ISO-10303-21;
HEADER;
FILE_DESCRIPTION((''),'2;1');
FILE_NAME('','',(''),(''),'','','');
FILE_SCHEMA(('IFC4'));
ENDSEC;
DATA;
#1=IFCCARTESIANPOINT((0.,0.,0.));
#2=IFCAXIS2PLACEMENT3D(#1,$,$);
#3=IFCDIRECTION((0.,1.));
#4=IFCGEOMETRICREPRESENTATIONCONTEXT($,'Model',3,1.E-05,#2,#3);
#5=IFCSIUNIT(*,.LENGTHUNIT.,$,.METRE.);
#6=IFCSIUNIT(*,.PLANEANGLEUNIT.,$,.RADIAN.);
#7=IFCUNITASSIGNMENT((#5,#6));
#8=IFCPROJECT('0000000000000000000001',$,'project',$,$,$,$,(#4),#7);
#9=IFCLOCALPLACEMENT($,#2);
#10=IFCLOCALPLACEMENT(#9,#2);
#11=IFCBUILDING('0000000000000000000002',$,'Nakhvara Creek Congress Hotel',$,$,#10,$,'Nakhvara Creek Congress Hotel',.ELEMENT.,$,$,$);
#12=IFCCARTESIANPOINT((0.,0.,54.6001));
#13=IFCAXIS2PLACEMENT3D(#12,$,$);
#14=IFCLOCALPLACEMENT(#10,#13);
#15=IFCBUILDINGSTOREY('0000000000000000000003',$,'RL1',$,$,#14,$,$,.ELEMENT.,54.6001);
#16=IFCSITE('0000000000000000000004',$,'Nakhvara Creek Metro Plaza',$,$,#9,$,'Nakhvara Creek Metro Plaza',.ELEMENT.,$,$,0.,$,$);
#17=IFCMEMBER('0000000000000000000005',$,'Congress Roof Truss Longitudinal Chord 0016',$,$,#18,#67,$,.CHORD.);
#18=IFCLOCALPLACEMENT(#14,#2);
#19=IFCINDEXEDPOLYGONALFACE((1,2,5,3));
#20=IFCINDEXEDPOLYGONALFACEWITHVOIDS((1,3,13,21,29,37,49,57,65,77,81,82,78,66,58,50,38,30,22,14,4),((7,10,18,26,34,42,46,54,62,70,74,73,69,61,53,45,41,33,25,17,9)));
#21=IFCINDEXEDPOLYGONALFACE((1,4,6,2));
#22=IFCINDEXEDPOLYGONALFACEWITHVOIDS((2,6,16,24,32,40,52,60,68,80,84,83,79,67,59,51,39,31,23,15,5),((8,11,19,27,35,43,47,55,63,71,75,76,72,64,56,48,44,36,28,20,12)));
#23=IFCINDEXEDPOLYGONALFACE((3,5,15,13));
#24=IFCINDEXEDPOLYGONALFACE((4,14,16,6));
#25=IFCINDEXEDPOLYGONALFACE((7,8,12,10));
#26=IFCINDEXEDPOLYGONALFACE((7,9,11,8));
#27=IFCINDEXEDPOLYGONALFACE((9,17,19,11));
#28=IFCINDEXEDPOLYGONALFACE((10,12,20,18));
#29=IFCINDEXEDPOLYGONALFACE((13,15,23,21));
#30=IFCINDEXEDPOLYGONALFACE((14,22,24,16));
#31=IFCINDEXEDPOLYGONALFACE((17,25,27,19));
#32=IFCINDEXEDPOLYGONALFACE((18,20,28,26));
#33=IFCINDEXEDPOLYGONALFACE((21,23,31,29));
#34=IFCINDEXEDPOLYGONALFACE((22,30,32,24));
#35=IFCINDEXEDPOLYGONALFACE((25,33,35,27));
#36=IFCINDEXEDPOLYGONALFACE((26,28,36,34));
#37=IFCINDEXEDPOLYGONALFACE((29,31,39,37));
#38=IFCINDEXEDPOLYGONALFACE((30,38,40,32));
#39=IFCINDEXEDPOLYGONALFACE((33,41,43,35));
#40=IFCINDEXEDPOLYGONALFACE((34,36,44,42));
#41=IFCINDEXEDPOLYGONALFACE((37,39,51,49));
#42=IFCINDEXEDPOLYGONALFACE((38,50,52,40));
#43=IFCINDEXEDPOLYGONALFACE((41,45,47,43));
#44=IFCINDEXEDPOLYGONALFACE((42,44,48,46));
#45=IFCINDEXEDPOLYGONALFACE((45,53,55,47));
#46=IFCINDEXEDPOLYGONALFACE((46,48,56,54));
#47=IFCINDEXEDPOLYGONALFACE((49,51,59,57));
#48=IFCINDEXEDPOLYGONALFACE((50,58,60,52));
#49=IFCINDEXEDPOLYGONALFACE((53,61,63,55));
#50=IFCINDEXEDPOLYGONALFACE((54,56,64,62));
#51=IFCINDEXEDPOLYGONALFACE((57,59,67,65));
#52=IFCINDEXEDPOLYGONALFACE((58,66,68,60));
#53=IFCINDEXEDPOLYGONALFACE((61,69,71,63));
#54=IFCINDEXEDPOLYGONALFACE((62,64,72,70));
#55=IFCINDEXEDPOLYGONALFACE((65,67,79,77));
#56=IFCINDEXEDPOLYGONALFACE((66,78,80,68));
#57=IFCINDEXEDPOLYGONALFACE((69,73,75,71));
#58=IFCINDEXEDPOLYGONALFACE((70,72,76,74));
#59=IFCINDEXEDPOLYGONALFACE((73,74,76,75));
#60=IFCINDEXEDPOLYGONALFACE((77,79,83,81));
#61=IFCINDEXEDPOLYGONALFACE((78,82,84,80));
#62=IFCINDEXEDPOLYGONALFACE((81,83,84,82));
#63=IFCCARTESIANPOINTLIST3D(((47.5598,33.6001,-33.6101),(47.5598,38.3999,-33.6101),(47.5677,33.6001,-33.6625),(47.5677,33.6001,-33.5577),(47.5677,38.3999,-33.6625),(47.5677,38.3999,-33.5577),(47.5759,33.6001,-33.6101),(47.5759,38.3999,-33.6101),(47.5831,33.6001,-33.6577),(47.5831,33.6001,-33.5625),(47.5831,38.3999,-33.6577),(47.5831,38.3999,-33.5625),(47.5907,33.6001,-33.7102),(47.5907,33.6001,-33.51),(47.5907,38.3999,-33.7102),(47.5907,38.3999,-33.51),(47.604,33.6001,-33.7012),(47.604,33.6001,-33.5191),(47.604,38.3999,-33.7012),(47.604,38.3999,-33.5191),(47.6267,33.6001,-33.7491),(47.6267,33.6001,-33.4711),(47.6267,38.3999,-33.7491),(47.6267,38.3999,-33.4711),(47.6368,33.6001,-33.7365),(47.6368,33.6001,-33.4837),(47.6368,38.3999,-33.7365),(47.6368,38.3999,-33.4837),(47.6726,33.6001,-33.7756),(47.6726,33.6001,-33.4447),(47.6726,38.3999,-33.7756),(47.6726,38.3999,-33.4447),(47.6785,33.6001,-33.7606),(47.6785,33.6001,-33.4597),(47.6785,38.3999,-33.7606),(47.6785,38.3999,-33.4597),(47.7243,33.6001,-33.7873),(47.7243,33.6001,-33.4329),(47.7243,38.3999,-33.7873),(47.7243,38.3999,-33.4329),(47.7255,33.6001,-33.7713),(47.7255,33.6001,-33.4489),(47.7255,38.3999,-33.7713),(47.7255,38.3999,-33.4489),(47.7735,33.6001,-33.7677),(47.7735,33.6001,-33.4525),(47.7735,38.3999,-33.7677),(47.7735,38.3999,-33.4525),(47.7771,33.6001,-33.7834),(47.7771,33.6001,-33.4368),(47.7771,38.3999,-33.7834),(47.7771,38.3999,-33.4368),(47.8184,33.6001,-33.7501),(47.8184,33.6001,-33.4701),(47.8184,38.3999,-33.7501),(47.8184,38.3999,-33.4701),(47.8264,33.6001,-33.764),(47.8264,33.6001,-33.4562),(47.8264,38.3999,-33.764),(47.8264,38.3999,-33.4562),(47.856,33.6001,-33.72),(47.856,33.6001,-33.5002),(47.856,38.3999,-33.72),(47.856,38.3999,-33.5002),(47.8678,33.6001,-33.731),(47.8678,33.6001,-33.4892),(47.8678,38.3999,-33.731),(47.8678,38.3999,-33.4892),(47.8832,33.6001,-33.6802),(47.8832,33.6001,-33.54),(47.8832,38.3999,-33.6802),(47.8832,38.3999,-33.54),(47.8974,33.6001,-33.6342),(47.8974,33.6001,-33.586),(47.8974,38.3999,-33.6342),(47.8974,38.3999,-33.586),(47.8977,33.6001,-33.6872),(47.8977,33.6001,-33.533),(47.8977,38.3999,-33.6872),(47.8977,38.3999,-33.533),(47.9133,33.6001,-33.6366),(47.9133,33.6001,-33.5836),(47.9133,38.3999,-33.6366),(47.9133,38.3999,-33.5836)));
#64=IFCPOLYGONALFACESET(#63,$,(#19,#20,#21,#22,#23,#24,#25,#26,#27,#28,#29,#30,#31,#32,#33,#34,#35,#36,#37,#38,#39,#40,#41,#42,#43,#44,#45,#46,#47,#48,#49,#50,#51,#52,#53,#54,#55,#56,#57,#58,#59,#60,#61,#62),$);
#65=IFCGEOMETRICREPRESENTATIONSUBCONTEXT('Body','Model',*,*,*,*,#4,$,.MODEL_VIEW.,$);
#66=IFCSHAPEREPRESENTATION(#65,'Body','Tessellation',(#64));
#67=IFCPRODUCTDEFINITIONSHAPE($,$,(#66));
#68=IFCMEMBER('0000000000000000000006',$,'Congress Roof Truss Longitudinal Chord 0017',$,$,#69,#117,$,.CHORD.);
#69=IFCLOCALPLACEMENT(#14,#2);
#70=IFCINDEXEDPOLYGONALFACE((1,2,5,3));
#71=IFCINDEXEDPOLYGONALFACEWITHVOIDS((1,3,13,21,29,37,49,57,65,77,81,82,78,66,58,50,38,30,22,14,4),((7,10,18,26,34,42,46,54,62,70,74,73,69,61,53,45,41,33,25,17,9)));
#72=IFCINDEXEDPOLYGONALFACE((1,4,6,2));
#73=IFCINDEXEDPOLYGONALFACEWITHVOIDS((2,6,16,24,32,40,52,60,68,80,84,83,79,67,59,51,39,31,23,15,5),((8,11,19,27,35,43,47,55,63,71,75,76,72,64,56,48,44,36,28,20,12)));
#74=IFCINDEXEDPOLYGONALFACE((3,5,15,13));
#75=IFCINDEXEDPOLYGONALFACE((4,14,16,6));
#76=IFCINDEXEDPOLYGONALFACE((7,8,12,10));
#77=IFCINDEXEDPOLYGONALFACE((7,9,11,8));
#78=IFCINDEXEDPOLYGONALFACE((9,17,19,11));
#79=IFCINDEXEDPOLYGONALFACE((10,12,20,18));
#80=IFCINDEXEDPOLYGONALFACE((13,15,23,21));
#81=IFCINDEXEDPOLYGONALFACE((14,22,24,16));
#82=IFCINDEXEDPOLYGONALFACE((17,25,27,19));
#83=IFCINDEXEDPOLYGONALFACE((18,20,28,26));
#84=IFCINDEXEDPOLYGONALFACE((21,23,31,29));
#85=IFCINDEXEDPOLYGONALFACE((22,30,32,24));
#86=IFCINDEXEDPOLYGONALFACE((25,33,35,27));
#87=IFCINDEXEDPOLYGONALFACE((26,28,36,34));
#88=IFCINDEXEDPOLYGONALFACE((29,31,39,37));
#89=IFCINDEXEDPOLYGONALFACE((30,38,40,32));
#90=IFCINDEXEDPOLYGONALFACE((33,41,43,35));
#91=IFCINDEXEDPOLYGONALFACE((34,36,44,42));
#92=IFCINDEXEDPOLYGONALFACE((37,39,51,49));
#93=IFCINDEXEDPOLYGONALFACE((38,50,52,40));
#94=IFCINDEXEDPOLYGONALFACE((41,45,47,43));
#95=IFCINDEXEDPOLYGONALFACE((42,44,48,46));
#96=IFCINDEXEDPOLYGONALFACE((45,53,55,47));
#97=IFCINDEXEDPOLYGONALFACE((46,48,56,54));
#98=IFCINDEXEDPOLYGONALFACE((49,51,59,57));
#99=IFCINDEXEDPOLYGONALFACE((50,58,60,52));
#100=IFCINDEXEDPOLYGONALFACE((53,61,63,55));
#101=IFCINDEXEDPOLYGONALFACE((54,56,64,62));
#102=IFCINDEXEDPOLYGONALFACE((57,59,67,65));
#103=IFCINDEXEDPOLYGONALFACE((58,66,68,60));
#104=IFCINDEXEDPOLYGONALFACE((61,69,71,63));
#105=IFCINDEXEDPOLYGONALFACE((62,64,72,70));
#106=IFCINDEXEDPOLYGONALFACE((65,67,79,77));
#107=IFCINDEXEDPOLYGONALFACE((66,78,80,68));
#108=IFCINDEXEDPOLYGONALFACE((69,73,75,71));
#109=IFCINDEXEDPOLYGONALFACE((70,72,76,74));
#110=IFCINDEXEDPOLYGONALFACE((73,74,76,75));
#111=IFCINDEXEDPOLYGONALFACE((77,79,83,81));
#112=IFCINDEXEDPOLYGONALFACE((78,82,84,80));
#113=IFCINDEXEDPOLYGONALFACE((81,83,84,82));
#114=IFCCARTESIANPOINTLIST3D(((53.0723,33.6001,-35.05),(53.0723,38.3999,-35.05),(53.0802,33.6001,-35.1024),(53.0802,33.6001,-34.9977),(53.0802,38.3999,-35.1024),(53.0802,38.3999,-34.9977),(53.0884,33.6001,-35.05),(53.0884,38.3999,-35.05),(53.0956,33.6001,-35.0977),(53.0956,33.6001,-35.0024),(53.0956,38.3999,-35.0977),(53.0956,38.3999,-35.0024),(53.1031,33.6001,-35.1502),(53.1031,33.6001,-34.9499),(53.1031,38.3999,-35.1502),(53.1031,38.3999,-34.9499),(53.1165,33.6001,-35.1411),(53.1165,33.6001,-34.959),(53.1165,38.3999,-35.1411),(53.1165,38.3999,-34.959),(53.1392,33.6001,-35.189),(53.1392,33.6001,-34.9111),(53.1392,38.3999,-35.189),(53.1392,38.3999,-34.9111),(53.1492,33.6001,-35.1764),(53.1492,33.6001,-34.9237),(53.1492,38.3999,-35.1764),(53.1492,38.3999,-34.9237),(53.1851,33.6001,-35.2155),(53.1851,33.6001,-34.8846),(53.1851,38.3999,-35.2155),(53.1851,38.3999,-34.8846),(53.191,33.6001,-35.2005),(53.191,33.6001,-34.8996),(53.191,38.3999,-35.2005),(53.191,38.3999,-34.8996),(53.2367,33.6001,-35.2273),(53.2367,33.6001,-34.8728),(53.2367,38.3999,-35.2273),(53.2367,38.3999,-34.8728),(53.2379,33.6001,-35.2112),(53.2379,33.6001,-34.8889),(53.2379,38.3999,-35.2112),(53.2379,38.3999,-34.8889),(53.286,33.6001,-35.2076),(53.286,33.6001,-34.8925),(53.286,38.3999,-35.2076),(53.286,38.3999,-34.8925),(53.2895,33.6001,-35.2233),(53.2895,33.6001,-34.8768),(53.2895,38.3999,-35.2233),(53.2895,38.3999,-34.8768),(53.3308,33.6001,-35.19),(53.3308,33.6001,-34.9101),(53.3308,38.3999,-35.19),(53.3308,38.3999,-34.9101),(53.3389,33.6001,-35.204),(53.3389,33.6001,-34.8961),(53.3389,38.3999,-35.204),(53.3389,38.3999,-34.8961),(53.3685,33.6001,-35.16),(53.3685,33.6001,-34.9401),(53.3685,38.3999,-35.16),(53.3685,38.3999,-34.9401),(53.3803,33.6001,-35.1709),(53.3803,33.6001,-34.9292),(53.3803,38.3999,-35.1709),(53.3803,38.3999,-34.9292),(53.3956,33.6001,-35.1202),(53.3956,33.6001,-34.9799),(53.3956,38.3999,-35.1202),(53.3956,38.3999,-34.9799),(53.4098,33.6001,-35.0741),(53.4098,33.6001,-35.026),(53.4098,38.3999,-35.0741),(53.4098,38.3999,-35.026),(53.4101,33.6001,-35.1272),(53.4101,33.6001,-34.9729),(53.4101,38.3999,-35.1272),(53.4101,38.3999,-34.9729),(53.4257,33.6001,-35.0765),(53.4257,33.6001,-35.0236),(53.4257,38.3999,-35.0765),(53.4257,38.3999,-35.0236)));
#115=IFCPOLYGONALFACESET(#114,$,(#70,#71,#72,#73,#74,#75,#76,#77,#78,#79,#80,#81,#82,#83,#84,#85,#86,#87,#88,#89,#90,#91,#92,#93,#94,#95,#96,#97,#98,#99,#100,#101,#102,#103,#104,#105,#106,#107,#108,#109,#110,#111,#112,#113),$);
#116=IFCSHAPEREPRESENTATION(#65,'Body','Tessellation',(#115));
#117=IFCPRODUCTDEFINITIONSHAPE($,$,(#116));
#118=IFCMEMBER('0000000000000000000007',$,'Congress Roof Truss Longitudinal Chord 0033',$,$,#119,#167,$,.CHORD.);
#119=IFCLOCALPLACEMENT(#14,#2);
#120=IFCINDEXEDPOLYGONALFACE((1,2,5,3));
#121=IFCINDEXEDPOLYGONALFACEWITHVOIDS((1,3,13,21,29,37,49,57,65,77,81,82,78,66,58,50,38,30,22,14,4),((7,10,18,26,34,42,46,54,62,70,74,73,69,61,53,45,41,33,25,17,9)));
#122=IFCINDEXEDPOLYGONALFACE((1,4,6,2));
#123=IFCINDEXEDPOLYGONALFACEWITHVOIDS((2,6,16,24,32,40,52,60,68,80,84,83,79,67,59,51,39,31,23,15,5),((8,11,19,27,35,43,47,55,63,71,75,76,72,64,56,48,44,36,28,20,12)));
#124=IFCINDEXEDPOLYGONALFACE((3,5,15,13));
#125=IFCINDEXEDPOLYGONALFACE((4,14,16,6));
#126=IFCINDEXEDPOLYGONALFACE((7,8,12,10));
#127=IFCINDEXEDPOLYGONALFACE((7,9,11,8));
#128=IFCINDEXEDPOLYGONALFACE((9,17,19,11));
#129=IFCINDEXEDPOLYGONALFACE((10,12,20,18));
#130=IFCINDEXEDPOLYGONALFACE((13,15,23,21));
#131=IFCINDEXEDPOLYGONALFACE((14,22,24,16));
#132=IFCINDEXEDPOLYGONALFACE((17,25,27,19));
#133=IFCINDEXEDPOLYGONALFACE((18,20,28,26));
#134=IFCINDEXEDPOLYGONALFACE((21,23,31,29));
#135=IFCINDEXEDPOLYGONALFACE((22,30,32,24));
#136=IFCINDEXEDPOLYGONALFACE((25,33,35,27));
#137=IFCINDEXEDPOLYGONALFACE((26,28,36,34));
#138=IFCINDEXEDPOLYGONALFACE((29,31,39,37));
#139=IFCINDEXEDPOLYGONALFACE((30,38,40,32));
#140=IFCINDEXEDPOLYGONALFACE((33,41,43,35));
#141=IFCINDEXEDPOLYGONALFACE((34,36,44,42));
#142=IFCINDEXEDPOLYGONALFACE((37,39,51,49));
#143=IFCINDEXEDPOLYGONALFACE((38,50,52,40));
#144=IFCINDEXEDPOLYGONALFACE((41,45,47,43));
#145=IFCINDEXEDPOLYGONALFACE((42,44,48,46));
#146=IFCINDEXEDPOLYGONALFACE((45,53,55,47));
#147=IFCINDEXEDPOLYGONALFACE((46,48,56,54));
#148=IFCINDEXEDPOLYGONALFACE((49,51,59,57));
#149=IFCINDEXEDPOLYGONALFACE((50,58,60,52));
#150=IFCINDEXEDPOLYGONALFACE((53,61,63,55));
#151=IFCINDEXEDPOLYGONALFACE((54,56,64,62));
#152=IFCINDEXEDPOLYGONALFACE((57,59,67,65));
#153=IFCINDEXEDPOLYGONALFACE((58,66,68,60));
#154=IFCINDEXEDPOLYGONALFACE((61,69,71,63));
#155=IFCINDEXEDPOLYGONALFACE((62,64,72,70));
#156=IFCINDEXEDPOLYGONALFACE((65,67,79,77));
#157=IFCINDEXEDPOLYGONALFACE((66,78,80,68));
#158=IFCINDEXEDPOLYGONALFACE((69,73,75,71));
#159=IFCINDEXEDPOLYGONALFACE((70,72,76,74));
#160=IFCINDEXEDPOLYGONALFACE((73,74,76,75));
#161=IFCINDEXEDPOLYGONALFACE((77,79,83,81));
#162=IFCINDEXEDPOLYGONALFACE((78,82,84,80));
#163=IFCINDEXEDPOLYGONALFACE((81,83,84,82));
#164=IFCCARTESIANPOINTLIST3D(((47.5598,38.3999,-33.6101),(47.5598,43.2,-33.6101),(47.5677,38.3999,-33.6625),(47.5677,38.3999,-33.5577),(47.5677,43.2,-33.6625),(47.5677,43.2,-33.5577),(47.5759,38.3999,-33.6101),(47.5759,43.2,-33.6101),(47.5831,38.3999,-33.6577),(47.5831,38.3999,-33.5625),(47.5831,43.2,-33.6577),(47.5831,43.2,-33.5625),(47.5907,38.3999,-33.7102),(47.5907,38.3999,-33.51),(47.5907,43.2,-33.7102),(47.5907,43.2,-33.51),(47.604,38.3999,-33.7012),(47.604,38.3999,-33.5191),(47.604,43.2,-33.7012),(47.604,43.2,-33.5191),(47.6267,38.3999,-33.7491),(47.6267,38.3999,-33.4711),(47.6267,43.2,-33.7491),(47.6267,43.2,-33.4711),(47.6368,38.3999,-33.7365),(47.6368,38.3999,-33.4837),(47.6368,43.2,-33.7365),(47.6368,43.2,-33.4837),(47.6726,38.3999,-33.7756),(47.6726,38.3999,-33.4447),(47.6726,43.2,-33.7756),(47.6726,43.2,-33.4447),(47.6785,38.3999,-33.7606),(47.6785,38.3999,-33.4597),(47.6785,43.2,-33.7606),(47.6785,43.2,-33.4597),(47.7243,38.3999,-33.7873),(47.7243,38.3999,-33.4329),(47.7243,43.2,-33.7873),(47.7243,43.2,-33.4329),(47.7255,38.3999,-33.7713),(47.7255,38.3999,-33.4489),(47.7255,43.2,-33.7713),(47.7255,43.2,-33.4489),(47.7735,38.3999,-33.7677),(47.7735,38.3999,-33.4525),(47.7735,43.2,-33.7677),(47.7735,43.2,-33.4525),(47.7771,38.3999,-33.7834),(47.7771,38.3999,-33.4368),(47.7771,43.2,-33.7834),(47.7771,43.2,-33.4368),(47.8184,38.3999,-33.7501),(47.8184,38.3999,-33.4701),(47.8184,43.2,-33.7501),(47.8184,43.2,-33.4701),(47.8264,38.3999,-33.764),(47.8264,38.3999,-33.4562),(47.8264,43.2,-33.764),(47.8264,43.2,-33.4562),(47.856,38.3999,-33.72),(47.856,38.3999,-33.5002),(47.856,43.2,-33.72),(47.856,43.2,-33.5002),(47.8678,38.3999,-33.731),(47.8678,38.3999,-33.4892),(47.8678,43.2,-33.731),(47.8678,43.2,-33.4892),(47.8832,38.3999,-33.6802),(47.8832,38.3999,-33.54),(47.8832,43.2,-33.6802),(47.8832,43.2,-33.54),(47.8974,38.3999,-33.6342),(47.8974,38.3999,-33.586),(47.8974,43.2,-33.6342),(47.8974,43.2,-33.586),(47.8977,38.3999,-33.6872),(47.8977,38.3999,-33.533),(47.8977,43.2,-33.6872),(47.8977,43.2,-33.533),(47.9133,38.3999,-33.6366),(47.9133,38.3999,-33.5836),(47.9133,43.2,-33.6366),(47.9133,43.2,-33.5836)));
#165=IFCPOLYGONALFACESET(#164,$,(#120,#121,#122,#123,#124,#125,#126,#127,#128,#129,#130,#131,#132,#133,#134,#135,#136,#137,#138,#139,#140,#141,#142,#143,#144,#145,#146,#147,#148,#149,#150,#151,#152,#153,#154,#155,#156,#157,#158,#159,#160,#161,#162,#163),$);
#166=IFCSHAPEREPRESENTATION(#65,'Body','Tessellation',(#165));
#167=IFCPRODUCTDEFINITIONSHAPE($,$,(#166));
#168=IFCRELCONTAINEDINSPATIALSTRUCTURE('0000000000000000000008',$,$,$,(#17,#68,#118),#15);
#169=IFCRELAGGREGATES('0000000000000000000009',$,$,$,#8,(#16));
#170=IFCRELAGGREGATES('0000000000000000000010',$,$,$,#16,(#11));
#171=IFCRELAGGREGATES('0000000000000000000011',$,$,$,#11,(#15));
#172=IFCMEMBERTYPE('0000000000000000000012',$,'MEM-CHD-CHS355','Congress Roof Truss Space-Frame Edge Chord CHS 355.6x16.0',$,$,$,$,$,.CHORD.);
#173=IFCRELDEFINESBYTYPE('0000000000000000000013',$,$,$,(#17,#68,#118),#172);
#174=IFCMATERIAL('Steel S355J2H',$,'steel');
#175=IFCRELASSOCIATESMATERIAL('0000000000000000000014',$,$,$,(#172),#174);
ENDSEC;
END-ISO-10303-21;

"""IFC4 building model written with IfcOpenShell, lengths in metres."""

from ifc_helpers import new_model, si_unit, direction, frame, origin, origin_2d, place, context, subcontext, project, spatial, hollow_circle, extrude, material, material_profile, profile_set, type_object, element, save


model = new_model("IFC4")

# Units and contexts
model_context = context("Model", 3, precision=1e-05, world=origin(), true_north=direction((0.0, 1.0)))
body_context = subcontext(model_context, "Body", "Model", "MODEL_VIEW")
ifc_project = project(units=[si_unit("LENGTHUNIT", "METRE"), si_unit("PLANEANGLEUNIT", "RADIAN")], contexts=[model_context])

# Site, building, storey
site_placement = place(None, origin())
site = spatial("IfcSite", under=ifc_project, at=site_placement, Name="Nakhvara Creek Metro Plaza", LongName="Nakhvara Creek Metro Plaza", CompositionType="ELEMENT", RefElevation=0.0)
building_placement = place(site_placement, origin())
building = spatial("IfcBuilding", under=site, at=building_placement, Name="Nakhvara Creek Congress Hotel", LongName="Nakhvara Creek Congress Hotel", CompositionType="ELEMENT")
storey_placement = place(building_placement, frame((0.0, 0.0, 54.6001)))
storey = spatial("IfcBuildingStorey", under=building, at=storey_placement, Name="RL1", CompositionType="ELEMENT", Elevation=54.6001)

# Members
ifc_material_1 = material(Name="Steel S355J2H", Category="steel")
ifc_material_profile_1 = material_profile(ifc_material_1, hollow_circle(Radius=0.1777, WallThickness=0.0161, at=origin_2d()), Name="CHS 355.6x16.0", Category="LoadBearing")
ifc_profile_set_1 = profile_set([ifc_material_profile_1], Name="Steel S355J2H")
member_type_1 = type_object("IfcMemberType", Name="MEM-CHD-CHS355", Description="Congress Roof Truss Space-Frame Edge Chord CHS 355.6x16.0", PredefinedType="CHORD", material=ifc_profile_set_1)
for number, where, z_axis, x_axis, name in (
    (1, (47.7375, 33.6001, -33.6101), (0.0, 1.0, 0.0), (-1.0, 0.0, 0.0), "Congress Roof Truss Longitudinal Chord 0016"),
    (2, (53.25, 33.6001, -35.05), (0.0, 1.0, 0.0), (-1.0, 0.0, 0.0), "Congress Roof Truss Longitudinal Chord 0017"),
):
    element("IfcMember", number, at=place(storey_placement, frame(where, z_axis=z_axis, x_axis=x_axis)), inside=storey, type_object=member_type_1, Name=name, PredefinedType="CHORD", context=body_context, shape_type="SweptSolid", body=[
        extrude(hollow_circle(Radius=0.1777, WallThickness=0.0161, at=origin_2d()), origin(), (0.0, 0.0, 1.0), 4.7998),
    ])
for number, where, z_axis, x_axis, name in (
    (3, (47.7375, 38.3999, -33.6101), (0.0, 1.0, 0.0), (-1.0, 0.0, 0.0), "Congress Roof Truss Longitudinal Chord 0033"),
):
    element("IfcMember", number, at=place(storey_placement, frame(where, z_axis=z_axis, x_axis=x_axis)), inside=storey, type_object=member_type_1, Name=name, PredefinedType="CHORD", context=body_context, shape_type="SweptSolid", body=[
        extrude(hollow_circle(Radius=0.1777, WallThickness=0.0161, at=origin_2d()), origin(), (0.0, 0.0, 1.0), 4.8),
    ])

save(model, "model.ifc")
